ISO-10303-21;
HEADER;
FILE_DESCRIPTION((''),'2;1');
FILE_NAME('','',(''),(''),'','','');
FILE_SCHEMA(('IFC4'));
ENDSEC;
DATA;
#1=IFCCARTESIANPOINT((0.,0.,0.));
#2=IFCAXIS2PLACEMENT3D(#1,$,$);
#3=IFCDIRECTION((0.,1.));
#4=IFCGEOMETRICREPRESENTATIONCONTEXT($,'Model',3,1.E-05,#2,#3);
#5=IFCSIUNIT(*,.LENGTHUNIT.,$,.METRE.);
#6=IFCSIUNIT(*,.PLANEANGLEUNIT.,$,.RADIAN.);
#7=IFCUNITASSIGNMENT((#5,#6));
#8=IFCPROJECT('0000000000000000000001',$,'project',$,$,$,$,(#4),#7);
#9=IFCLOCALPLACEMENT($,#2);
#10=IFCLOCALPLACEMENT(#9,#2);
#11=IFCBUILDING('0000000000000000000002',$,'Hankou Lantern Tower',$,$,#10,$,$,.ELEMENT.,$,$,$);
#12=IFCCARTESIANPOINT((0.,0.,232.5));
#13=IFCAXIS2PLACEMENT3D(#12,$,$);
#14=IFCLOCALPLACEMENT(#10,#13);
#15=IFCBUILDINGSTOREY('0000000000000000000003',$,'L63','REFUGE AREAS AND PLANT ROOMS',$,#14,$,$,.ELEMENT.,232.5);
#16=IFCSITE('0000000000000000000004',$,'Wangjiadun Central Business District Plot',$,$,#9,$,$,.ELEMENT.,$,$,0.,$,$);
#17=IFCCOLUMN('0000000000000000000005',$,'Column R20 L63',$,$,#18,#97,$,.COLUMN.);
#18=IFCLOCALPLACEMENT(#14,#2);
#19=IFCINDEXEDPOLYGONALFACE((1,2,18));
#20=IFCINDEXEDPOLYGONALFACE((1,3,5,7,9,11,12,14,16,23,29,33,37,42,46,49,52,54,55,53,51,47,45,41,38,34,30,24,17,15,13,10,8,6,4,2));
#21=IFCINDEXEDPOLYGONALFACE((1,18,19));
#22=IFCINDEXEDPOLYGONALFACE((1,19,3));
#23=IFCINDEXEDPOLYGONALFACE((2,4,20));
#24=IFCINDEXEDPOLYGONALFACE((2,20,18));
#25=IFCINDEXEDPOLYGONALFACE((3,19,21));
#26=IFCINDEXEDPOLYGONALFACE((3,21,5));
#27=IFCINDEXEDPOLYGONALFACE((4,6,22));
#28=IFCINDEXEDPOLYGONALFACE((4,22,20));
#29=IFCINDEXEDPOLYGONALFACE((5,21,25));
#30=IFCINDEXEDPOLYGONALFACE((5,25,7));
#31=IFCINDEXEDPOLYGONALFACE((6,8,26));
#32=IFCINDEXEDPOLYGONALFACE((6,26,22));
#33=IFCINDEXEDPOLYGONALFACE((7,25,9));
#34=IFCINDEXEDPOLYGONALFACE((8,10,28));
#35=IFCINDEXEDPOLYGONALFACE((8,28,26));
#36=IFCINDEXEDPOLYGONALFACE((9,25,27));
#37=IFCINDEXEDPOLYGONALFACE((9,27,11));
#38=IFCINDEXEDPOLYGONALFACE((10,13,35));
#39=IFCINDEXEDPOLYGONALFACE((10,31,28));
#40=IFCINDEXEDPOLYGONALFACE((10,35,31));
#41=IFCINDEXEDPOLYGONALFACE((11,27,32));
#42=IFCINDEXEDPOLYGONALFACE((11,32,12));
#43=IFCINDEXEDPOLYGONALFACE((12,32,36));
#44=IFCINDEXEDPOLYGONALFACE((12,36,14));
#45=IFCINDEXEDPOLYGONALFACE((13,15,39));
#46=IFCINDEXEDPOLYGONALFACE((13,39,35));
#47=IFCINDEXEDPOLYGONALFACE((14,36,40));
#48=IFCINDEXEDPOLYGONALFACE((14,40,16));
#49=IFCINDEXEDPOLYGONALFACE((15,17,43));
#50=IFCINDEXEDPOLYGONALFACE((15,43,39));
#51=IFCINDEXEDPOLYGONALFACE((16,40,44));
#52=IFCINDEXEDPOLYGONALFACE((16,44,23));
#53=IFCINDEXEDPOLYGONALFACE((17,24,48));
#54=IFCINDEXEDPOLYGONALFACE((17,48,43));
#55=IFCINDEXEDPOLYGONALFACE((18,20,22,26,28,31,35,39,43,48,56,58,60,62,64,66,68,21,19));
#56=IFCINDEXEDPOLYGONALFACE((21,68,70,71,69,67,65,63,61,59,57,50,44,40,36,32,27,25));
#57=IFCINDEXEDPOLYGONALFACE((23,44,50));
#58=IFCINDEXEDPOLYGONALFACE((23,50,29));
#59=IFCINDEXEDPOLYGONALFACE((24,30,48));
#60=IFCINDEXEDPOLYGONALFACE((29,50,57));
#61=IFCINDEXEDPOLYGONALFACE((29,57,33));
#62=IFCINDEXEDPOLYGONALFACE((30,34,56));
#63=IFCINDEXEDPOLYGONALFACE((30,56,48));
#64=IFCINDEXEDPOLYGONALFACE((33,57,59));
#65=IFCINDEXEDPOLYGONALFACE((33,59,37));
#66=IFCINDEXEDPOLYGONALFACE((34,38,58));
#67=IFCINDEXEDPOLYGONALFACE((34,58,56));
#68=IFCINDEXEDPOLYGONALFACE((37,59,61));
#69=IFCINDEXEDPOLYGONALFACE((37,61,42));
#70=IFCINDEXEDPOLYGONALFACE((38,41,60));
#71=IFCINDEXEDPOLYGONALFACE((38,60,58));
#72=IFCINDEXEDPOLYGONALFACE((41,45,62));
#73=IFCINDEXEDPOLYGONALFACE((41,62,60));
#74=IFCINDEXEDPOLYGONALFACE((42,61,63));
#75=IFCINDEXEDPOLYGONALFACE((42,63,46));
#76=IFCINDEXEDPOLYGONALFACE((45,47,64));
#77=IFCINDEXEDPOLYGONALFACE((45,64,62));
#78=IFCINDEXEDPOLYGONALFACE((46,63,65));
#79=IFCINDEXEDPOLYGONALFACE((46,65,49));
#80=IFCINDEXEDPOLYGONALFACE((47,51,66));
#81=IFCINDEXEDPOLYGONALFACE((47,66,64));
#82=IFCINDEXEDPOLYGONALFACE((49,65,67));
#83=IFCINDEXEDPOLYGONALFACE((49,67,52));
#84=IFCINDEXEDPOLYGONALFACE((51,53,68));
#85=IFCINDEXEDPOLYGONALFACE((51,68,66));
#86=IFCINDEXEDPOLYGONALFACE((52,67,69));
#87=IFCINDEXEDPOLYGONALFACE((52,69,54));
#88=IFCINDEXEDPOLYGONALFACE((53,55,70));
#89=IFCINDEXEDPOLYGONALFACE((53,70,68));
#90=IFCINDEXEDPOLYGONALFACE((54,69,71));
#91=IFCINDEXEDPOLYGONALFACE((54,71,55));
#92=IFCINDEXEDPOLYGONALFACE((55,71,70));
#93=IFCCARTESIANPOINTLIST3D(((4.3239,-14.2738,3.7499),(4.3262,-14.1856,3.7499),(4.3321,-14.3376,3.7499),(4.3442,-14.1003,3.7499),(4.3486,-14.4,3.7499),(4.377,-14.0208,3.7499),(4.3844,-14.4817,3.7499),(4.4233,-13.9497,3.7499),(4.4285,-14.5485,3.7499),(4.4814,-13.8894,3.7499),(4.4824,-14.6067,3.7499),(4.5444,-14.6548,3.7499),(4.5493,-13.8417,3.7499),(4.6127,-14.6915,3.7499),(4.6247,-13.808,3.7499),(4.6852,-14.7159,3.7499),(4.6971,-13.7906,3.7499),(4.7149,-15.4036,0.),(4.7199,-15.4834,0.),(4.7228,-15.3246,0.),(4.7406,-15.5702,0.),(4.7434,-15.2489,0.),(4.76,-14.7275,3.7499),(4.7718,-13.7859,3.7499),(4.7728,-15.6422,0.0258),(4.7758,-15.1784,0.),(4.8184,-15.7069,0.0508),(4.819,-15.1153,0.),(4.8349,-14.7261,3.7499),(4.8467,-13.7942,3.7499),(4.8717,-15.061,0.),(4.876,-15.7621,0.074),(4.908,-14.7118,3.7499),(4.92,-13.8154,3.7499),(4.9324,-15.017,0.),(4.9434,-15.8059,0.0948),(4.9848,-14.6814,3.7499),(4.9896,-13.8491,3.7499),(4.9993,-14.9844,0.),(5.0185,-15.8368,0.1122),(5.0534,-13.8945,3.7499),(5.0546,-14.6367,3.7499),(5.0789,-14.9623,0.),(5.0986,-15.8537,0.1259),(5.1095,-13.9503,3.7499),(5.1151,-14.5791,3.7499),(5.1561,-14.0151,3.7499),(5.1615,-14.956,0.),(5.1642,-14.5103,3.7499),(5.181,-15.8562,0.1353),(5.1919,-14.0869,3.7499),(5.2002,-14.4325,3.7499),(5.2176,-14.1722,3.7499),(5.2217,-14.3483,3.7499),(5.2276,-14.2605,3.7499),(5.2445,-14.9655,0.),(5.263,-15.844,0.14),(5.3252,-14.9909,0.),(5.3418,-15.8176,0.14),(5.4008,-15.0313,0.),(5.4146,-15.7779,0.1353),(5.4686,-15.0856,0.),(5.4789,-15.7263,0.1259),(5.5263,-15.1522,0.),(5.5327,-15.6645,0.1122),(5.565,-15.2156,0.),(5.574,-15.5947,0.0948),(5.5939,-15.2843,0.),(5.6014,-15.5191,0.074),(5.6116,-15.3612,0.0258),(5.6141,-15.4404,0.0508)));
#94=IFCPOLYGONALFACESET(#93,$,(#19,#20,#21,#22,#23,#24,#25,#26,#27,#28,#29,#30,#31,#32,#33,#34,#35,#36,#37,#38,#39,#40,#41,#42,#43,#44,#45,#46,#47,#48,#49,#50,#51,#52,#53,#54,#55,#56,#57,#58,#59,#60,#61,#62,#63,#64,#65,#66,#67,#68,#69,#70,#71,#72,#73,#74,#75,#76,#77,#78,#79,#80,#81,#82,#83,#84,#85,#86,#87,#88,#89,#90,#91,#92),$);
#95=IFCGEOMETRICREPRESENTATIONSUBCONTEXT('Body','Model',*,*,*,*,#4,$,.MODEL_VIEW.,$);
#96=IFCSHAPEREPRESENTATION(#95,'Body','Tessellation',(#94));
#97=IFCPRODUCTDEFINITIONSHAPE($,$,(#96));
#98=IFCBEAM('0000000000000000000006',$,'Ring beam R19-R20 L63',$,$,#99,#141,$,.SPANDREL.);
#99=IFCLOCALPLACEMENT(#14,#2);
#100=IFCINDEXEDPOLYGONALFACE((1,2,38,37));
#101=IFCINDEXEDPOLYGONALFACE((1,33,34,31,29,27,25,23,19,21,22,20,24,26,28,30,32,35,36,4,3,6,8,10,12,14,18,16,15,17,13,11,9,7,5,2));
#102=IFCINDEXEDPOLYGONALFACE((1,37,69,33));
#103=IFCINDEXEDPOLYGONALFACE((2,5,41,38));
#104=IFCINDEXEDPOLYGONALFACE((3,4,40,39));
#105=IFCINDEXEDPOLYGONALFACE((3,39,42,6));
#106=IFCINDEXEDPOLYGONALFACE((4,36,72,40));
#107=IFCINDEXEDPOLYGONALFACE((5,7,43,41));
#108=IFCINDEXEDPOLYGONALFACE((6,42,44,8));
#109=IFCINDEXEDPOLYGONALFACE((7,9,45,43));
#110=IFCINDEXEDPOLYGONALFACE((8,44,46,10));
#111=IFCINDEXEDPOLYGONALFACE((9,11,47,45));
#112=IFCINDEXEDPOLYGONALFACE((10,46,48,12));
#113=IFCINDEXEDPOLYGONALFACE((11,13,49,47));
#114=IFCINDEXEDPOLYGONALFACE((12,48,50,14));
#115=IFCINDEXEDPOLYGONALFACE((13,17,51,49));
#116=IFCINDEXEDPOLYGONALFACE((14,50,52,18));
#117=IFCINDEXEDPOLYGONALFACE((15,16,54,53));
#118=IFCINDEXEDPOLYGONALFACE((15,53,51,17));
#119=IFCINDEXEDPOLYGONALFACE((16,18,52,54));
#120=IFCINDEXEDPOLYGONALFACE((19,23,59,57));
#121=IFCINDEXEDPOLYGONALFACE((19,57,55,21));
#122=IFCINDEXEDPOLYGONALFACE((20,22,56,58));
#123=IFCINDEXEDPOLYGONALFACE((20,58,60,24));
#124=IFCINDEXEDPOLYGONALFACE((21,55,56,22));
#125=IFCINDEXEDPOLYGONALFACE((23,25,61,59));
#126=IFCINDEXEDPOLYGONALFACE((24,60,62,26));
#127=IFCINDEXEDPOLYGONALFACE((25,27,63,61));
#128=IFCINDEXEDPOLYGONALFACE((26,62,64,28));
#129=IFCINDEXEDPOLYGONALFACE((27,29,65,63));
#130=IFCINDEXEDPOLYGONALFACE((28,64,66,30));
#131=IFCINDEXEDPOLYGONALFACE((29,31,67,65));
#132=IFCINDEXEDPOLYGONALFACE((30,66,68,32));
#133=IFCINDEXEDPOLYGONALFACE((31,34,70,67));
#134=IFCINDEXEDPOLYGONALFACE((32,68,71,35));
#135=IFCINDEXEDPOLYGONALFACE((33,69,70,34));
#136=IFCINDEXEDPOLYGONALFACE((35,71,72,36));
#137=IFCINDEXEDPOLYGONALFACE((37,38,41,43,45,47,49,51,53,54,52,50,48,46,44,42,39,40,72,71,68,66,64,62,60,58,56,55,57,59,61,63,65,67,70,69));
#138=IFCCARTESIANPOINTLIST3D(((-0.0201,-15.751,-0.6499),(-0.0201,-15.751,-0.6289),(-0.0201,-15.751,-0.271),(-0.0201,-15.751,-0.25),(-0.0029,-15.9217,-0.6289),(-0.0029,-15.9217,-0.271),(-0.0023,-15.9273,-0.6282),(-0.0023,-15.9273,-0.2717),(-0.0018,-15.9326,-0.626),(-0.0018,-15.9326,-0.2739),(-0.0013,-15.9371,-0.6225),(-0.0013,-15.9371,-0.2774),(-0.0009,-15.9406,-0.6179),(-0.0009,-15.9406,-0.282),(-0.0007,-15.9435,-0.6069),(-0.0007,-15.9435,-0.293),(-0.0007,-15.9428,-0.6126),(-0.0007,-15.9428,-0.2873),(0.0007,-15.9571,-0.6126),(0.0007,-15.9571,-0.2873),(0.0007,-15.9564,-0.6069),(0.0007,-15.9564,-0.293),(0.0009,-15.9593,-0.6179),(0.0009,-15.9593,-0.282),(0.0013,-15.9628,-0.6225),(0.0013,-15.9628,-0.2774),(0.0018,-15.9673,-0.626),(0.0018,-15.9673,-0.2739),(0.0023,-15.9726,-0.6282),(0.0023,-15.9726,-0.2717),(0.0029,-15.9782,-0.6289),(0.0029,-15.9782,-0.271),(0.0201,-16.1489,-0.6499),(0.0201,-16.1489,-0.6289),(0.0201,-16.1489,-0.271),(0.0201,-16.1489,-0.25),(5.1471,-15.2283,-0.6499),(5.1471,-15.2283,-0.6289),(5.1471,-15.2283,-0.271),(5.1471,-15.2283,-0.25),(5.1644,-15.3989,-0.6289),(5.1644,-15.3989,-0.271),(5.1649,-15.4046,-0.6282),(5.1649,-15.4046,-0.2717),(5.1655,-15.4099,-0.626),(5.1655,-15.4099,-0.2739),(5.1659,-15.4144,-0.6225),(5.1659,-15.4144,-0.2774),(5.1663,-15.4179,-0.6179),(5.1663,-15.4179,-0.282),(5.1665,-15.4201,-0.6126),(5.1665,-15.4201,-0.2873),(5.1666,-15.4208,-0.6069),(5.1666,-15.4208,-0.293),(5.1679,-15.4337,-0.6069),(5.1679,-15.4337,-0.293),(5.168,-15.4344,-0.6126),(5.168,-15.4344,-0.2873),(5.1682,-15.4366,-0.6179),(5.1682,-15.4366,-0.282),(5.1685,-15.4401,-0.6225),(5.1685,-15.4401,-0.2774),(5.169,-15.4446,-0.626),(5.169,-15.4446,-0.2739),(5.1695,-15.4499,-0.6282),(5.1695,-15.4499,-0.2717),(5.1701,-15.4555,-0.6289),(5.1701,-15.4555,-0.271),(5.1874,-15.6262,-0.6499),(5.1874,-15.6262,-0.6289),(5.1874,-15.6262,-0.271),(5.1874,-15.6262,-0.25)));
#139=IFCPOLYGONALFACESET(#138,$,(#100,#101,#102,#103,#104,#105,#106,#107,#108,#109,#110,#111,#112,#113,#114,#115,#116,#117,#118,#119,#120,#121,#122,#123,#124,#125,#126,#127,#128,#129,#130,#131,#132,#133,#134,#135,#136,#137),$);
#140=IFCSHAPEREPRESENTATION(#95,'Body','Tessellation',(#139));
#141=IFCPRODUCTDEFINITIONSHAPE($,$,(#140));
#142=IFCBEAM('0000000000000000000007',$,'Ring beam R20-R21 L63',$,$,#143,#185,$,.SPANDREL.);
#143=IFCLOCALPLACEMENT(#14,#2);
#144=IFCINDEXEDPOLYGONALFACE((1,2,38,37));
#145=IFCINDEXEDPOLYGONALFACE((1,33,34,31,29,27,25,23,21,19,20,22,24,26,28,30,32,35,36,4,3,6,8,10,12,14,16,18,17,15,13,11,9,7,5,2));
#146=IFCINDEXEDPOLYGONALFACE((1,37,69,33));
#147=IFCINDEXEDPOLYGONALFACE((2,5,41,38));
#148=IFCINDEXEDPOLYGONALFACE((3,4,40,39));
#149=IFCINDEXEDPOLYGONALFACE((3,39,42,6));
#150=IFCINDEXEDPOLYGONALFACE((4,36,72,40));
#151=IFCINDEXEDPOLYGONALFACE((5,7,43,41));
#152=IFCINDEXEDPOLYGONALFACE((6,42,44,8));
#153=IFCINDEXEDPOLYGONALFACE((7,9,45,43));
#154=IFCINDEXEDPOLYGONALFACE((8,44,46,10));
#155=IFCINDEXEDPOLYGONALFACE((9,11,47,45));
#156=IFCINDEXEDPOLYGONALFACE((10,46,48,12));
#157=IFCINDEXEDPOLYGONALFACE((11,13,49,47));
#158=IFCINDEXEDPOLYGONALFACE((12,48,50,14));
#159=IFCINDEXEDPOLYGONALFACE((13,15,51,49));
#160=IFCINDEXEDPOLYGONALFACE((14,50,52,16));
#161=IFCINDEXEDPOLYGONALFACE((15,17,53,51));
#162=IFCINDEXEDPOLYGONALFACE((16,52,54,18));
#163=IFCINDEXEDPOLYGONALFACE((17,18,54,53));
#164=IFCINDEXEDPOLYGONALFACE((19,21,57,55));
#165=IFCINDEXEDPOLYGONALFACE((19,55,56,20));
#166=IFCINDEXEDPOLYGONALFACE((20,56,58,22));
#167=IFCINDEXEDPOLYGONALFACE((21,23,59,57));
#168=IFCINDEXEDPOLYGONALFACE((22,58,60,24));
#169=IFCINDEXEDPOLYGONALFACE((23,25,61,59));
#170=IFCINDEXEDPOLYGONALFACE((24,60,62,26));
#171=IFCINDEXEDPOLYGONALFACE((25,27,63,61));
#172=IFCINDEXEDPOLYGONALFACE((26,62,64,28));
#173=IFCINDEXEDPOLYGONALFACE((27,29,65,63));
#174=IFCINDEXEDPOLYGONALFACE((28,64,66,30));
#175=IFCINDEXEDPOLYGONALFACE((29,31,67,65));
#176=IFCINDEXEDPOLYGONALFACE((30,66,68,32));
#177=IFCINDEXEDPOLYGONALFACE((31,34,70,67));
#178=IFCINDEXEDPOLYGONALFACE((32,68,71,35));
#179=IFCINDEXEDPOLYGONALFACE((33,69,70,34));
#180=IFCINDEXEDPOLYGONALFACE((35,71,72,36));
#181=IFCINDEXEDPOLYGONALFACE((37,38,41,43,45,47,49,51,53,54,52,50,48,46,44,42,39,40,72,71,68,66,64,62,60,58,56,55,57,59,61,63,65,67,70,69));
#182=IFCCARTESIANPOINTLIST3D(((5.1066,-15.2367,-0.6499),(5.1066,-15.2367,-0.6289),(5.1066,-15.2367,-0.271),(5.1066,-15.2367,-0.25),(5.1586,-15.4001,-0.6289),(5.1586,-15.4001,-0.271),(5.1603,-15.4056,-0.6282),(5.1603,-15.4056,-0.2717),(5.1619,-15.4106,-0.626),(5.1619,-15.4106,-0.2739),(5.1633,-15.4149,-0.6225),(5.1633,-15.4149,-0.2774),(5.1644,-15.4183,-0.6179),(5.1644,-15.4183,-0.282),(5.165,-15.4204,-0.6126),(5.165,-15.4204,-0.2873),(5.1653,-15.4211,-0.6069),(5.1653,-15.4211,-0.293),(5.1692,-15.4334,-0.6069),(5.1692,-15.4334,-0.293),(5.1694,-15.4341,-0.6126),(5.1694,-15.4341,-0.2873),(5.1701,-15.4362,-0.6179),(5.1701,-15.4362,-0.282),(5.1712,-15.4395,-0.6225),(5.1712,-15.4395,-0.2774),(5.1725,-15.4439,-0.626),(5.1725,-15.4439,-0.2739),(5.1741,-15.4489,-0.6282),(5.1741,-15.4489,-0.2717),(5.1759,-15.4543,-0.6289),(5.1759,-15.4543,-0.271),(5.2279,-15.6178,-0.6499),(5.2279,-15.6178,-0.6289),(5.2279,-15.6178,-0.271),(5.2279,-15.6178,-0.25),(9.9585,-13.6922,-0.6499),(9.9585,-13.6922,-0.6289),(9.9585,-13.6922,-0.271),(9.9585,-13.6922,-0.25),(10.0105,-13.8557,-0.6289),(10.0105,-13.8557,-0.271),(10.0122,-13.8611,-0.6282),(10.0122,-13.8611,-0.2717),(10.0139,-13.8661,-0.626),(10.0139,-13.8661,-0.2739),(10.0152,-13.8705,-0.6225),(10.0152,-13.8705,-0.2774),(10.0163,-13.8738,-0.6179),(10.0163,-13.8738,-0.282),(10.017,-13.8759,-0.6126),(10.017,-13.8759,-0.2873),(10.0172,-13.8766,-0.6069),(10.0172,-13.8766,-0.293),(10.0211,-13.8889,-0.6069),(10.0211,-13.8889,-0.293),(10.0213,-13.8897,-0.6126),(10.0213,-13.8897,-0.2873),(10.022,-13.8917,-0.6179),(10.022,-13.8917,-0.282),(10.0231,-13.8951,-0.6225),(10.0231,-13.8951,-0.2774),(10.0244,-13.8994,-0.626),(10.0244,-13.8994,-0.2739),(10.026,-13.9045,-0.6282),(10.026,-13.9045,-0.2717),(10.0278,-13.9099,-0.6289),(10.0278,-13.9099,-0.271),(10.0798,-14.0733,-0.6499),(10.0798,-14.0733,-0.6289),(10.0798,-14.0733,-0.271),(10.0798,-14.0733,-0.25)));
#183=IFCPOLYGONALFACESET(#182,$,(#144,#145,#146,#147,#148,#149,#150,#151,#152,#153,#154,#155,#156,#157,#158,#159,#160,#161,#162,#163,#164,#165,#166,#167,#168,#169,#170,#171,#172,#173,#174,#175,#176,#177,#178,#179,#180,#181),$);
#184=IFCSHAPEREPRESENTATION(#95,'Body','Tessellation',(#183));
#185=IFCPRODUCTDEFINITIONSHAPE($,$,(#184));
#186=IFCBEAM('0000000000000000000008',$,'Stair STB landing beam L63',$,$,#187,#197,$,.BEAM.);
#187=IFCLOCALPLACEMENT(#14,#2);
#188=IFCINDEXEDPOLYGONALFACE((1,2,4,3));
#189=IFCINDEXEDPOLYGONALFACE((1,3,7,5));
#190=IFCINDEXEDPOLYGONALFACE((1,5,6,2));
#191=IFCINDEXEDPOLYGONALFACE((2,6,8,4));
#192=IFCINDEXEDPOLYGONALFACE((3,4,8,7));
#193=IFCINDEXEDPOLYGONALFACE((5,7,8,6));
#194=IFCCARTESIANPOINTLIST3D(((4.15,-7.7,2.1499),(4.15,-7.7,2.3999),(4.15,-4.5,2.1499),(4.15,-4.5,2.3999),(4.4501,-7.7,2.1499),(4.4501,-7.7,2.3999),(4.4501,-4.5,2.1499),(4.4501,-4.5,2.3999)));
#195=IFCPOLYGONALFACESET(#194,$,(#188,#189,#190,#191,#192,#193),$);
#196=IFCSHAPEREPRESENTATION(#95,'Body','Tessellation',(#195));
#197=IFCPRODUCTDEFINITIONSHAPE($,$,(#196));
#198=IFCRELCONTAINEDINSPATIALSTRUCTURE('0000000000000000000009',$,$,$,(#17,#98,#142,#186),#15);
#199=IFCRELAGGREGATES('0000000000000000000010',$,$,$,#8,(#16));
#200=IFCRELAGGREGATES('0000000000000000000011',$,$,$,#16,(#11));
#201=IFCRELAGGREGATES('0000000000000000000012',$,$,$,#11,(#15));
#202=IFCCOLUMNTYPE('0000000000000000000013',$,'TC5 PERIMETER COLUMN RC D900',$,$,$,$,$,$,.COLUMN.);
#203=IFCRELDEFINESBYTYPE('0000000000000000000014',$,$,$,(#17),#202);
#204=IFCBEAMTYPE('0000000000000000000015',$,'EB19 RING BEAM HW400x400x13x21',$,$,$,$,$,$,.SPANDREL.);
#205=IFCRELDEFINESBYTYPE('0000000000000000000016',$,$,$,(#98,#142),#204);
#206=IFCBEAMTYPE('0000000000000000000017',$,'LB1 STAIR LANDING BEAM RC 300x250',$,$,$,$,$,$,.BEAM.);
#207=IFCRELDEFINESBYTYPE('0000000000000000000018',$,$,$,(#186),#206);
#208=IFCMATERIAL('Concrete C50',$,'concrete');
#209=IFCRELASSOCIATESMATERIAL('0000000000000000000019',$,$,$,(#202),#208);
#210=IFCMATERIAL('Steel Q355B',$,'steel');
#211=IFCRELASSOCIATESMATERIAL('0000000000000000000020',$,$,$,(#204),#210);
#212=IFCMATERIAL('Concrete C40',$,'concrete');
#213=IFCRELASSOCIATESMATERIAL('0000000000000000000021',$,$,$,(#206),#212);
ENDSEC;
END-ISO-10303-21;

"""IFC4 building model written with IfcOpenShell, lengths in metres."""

from ifc_helpers import new_model, si_unit, direction, frame, origin, origin_2d, place, context, subcontext, project, spatial, rectangle, circle, i_section, extrude, clip, halfspace, material, material_profile, profile_set, type_object, element, save


model = new_model("IFC4")

# Units and contexts
model_context = context("Model", 3, precision=1e-05, world=origin(), true_north=direction((0.0, 1.0)))
body_context = subcontext(model_context, "Body", "Model", "MODEL_VIEW")
ifc_project = project(units=[si_unit("LENGTHUNIT", "METRE"), si_unit("PLANEANGLEUNIT", "RADIAN")], contexts=[model_context])

# Site, building, storey
site_placement = place(None, origin())
site = spatial("IfcSite", under=ifc_project, at=site_placement, Name="Wangjiadun Central Business District Plot", CompositionType="ELEMENT", RefElevation=0.0)
building_placement = place(site_placement, origin())
building = spatial("IfcBuilding", under=site, at=building_placement, Name="Hankou Lantern Tower", CompositionType="ELEMENT")
storey_placement = place(building_placement, frame((0.0, 0.0, 232.5)))
storey = spatial("IfcBuildingStorey", under=building, at=storey_placement, Name="L63", Description="REFUGE AREAS AND PLANT ROOMS", CompositionType="ELEMENT", Elevation=232.5)

# Column
ifc_material_1 = material(Name="Concrete C50", Category="concrete")
ifc_material_profile_1 = material_profile(ifc_material_1, circle(Radius=0.45, at=origin_2d()), Name="RC D900")
ifc_profile_set_1 = profile_set([ifc_material_profile_1], Name="Concrete C50")
column_type = type_object("IfcColumnType", Name="TC5 PERIMETER COLUMN RC D900", PredefinedType="COLUMN", material=ifc_profile_set_1)
column_placement = place(storey_placement, frame((5.1672, -15.4272, 0.0), z_axis=(-0.099284, 0.296402, 0.949889), x_axis=(-0.948219, -0.317618, 0.0)))
element("IfcColumn", 1, at=column_placement, inside=storey, type_object=column_type, Name="Column R20 L63", PredefinedType="COLUMN", context=body_context, shape_type="Clipping", body=[
    clip(clip(extrude(circle(Radius=0.45, at=origin_2d()), origin(), (0.0, 0.0, 1.0), 5.0532), halfspace(frame((0.0, 0.0, 0.0), z_axis=(0.0, -0.312589, -0.949889), x_axis=(-0.948219, 0.301702, -0.099284)), False)), halfspace(frame((0.0, 0.0, 3.9478), z_axis=(0.0, 0.312589, 0.949889), x_axis=(-0.948219, 0.301702, -0.099284)), False)),
])

# Beams
ifc_material_2 = material(Name="Steel Q355B", Category="steel")
ifc_material_profile_2 = material_profile(ifc_material_2, i_section(OverallWidth=0.3999, OverallDepth=0.3999, WebThickness=0.0129, FlangeThickness=0.021, FilletRadius=0.022, at=origin_2d()), Name="HW400x400x13x21")
ifc_profile_set_2 = profile_set([ifc_material_profile_2], Name="Steel Q355B")
beam_type_1 = type_object("IfcBeamType", Name="EB19 RING BEAM HW400x400x13x21", PredefinedType="SPANDREL", material=ifc_profile_set_2)
beam_1_placement = place(storey_placement, frame((0.0, -15.95, -0.45), z_axis=(0.994923, 0.100644, 0.0), x_axis=(-0.100644, 0.994923, 0.0)))
element("IfcBeam", 2, at=beam_1_placement, inside=storey, type_object=beam_type_1, Name="Ring beam R19-R20 L63", PredefinedType="SPANDREL", context=body_context, shape_type="SweptSolid", body=[
    extrude(i_section(OverallWidth=0.3999, OverallDepth=0.3999, WebThickness=0.0129, FlangeThickness=0.021, FilletRadius=0.022, at=origin_2d()), origin(), (0.0, 0.0, 1.0), 5.1936),
])
beam_2_placement = place(storey_placement, frame((5.1672, -15.4272, -0.45), z_axis=(0.952887, 0.303324, 0.0), x_axis=(-0.303324, 0.952887, 0.0)))
element("IfcBeam", 3, at=beam_2_placement, inside=storey, type_object=beam_type_1, Name="Ring beam R20-R21 L63", PredefinedType="SPANDREL", context=body_context, shape_type="SweptSolid", body=[
    extrude(i_section(OverallWidth=0.3999, OverallDepth=0.3999, WebThickness=0.0129, FlangeThickness=0.021, FilletRadius=0.022, at=origin_2d()), origin(), (0.0, 0.0, 1.0), 5.0918),
])
ifc_material_3 = material(Name="Concrete C40", Category="concrete")
ifc_material_profile_3 = material_profile(ifc_material_3, rectangle(XDim=0.3, YDim=0.25, at=origin_2d()), Name="RC 300x250")
ifc_profile_set_3 = profile_set([ifc_material_profile_3], Name="Concrete C40")
beam_type_2 = type_object("IfcBeamType", Name="LB1 STAIR LANDING BEAM RC 300x250", PredefinedType="BEAM", material=ifc_profile_set_3)
beam_3_placement = place(storey_placement, frame((4.3, -4.5, 2.2749), z_axis=(0.0, -1.0, 0.0), x_axis=(1.0, 0.0, 0.0)))
element("IfcBeam", 4, at=beam_3_placement, inside=storey, type_object=beam_type_2, Name="Stair STB landing beam L63", PredefinedType="BEAM", context=body_context, shape_type="SweptSolid", body=[
    extrude(rectangle(XDim=0.3, YDim=0.25, at=origin_2d()), origin(), (0.0, 0.0, 1.0), 3.2),
])

save(model, "model.ifc")
